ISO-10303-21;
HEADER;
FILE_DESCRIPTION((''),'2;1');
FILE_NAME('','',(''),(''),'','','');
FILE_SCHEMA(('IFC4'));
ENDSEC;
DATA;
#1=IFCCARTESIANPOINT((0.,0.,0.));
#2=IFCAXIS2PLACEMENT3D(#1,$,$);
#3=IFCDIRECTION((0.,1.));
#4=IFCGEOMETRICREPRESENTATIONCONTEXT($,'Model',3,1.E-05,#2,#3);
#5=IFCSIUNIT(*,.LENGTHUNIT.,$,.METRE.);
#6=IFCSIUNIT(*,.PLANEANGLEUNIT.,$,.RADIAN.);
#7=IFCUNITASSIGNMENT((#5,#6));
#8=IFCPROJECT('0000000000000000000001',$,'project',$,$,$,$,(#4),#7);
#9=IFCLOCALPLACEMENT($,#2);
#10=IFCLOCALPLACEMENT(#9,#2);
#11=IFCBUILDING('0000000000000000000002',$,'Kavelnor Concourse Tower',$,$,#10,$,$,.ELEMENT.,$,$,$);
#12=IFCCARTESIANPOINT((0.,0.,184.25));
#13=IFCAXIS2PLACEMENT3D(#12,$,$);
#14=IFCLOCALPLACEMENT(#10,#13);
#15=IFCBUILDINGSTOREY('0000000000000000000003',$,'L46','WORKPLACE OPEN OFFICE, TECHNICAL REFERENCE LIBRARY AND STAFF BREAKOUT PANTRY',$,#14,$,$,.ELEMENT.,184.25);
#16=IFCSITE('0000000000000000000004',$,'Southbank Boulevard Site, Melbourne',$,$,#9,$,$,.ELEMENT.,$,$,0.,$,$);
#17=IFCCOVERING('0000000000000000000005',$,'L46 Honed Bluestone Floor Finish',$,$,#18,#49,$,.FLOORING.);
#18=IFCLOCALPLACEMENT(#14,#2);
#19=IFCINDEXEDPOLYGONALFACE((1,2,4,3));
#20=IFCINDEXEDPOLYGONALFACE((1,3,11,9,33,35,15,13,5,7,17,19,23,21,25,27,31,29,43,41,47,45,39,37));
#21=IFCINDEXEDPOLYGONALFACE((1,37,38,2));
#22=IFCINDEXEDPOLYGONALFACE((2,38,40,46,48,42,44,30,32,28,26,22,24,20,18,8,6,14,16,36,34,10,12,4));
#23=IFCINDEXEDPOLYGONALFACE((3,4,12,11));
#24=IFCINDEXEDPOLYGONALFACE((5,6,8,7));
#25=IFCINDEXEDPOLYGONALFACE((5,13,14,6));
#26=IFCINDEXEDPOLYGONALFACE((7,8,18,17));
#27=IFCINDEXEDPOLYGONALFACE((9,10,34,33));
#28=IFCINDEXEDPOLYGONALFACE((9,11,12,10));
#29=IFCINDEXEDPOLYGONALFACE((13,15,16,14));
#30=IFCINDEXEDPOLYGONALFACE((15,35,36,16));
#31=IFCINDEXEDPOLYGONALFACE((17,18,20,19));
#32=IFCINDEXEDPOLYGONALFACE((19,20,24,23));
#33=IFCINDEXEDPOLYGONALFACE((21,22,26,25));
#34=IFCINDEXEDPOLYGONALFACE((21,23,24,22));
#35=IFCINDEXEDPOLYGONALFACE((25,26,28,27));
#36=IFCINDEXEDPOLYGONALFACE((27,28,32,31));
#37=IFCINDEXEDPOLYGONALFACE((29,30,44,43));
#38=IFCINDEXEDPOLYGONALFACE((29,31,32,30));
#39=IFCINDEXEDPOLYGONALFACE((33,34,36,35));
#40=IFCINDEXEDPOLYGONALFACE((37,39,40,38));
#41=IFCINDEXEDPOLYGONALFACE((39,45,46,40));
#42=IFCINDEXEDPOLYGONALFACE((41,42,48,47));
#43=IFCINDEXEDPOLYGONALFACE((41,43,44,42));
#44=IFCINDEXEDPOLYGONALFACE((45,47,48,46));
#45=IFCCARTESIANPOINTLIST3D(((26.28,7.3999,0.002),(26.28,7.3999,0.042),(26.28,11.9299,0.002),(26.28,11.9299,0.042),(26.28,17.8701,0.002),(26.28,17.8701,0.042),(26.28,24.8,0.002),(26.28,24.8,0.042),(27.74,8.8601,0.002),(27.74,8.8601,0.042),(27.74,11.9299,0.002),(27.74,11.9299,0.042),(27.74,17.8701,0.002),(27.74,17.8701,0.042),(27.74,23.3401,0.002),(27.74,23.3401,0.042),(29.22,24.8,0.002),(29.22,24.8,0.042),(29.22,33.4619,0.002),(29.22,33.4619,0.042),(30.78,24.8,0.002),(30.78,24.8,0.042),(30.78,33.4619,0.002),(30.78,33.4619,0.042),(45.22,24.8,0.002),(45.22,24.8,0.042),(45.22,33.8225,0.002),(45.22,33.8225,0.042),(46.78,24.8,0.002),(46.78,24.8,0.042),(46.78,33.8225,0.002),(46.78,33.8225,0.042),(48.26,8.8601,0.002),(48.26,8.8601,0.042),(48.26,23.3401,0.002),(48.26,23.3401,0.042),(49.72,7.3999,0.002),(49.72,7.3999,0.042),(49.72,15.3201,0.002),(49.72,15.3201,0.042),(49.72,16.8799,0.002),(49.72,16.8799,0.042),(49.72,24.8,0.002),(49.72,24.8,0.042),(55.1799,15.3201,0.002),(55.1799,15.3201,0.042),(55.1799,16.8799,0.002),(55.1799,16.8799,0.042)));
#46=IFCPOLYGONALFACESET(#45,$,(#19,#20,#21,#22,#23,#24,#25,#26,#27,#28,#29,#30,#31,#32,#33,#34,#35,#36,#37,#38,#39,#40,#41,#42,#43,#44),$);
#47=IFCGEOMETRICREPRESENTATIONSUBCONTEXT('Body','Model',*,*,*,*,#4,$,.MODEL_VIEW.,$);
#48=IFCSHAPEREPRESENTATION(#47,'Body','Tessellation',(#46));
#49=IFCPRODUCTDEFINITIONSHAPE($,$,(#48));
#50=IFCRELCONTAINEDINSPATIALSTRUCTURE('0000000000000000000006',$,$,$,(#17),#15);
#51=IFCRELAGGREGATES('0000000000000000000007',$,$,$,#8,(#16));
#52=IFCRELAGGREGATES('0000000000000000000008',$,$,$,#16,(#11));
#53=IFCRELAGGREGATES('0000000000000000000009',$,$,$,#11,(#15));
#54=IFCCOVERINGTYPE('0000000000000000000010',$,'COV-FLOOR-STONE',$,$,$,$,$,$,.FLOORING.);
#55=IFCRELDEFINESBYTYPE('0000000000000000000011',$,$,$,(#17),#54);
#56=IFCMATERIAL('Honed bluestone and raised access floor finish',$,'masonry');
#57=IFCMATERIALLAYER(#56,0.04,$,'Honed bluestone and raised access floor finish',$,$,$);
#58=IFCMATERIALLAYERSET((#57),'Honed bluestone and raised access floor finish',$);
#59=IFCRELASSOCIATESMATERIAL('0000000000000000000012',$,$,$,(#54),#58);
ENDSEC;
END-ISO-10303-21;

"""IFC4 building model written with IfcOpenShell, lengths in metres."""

from ifc_helpers import new_model, si_unit, direction, frame, origin, place, context, subcontext, project, spatial, polyline, outline, extrude, material, layer, layer_set, type_object, element, save


model = new_model("IFC4")

# Units and contexts
model_context = context("Model", 3, precision=1e-05, world=origin(), true_north=direction((0.0, 1.0)))
body_context = subcontext(model_context, "Body", "Model", "MODEL_VIEW")
ifc_project = project(units=[si_unit("LENGTHUNIT", "METRE"), si_unit("PLANEANGLEUNIT", "RADIAN")], contexts=[model_context])

# Site, building, storey
site_placement = place(None, origin())
site = spatial("IfcSite", under=ifc_project, at=site_placement, Name="Southbank Boulevard Site, Melbourne", CompositionType="ELEMENT", RefElevation=0.0)
building_placement = place(site_placement, origin())
building = spatial("IfcBuilding", under=site, at=building_placement, Name="Kavelnor Concourse Tower", CompositionType="ELEMENT")
storey_placement = place(building_placement, frame((0.0, 0.0, 184.25)))
storey = spatial("IfcBuildingStorey", under=building, at=storey_placement, Name="L46", Description="WORKPLACE OPEN OFFICE, TECHNICAL REFERENCE LIBRARY AND STAFF BREAKOUT PANTRY", CompositionType="ELEMENT", Elevation=184.25)

# Covering
ifc_material_1 = material(Name="Honed bluestone and raised access floor finish", Category="masonry")
ifc_layer_1 = layer(ifc_material_1, 0.04, Name="Honed bluestone and raised access floor finish")
ifc_layer_set_1 = layer_set([ifc_layer_1], Name="Honed bluestone and raised access floor finish")
covering_type_1 = type_object("IfcCoveringType", Name="COV-FLOOR-STONE", PredefinedType="FLOORING", material=ifc_layer_set_1)
covering_1_placement = place(storey_placement, frame((0.0, 0.0, 0.002)))
element("IfcCovering", 1, at=covering_1_placement, inside=storey, type_object=covering_type_1, Name="L46 Honed Bluestone Floor Finish", PredefinedType="FLOORING", context=body_context, shape_type="SweptSolid", body=[
    extrude(outline(polyline([(29.22, 24.8), (29.22, 33.4619), (30.78, 33.4619), (30.78, 24.8), (45.22, 24.8), (45.22, 33.8225), (46.78, 33.8225), (46.78, 24.8), (49.72, 24.8), (49.72, 16.8799), (55.1799, 16.8799), (55.1799, 15.3201), (49.72, 15.3201), (49.72, 7.3999), (26.28, 7.3999), (26.28, 11.9299), (27.74, 11.9299), (27.74, 8.8601), (48.26, 8.8601), (48.26, 23.3401), (27.74, 23.3401), (27.74, 17.8701), (26.28, 17.8701), (26.28, 24.8), (29.22, 24.8)])), origin(), (0.0, 0.0, 1.0), 0.04),
])

save(model, "model.ifc")
